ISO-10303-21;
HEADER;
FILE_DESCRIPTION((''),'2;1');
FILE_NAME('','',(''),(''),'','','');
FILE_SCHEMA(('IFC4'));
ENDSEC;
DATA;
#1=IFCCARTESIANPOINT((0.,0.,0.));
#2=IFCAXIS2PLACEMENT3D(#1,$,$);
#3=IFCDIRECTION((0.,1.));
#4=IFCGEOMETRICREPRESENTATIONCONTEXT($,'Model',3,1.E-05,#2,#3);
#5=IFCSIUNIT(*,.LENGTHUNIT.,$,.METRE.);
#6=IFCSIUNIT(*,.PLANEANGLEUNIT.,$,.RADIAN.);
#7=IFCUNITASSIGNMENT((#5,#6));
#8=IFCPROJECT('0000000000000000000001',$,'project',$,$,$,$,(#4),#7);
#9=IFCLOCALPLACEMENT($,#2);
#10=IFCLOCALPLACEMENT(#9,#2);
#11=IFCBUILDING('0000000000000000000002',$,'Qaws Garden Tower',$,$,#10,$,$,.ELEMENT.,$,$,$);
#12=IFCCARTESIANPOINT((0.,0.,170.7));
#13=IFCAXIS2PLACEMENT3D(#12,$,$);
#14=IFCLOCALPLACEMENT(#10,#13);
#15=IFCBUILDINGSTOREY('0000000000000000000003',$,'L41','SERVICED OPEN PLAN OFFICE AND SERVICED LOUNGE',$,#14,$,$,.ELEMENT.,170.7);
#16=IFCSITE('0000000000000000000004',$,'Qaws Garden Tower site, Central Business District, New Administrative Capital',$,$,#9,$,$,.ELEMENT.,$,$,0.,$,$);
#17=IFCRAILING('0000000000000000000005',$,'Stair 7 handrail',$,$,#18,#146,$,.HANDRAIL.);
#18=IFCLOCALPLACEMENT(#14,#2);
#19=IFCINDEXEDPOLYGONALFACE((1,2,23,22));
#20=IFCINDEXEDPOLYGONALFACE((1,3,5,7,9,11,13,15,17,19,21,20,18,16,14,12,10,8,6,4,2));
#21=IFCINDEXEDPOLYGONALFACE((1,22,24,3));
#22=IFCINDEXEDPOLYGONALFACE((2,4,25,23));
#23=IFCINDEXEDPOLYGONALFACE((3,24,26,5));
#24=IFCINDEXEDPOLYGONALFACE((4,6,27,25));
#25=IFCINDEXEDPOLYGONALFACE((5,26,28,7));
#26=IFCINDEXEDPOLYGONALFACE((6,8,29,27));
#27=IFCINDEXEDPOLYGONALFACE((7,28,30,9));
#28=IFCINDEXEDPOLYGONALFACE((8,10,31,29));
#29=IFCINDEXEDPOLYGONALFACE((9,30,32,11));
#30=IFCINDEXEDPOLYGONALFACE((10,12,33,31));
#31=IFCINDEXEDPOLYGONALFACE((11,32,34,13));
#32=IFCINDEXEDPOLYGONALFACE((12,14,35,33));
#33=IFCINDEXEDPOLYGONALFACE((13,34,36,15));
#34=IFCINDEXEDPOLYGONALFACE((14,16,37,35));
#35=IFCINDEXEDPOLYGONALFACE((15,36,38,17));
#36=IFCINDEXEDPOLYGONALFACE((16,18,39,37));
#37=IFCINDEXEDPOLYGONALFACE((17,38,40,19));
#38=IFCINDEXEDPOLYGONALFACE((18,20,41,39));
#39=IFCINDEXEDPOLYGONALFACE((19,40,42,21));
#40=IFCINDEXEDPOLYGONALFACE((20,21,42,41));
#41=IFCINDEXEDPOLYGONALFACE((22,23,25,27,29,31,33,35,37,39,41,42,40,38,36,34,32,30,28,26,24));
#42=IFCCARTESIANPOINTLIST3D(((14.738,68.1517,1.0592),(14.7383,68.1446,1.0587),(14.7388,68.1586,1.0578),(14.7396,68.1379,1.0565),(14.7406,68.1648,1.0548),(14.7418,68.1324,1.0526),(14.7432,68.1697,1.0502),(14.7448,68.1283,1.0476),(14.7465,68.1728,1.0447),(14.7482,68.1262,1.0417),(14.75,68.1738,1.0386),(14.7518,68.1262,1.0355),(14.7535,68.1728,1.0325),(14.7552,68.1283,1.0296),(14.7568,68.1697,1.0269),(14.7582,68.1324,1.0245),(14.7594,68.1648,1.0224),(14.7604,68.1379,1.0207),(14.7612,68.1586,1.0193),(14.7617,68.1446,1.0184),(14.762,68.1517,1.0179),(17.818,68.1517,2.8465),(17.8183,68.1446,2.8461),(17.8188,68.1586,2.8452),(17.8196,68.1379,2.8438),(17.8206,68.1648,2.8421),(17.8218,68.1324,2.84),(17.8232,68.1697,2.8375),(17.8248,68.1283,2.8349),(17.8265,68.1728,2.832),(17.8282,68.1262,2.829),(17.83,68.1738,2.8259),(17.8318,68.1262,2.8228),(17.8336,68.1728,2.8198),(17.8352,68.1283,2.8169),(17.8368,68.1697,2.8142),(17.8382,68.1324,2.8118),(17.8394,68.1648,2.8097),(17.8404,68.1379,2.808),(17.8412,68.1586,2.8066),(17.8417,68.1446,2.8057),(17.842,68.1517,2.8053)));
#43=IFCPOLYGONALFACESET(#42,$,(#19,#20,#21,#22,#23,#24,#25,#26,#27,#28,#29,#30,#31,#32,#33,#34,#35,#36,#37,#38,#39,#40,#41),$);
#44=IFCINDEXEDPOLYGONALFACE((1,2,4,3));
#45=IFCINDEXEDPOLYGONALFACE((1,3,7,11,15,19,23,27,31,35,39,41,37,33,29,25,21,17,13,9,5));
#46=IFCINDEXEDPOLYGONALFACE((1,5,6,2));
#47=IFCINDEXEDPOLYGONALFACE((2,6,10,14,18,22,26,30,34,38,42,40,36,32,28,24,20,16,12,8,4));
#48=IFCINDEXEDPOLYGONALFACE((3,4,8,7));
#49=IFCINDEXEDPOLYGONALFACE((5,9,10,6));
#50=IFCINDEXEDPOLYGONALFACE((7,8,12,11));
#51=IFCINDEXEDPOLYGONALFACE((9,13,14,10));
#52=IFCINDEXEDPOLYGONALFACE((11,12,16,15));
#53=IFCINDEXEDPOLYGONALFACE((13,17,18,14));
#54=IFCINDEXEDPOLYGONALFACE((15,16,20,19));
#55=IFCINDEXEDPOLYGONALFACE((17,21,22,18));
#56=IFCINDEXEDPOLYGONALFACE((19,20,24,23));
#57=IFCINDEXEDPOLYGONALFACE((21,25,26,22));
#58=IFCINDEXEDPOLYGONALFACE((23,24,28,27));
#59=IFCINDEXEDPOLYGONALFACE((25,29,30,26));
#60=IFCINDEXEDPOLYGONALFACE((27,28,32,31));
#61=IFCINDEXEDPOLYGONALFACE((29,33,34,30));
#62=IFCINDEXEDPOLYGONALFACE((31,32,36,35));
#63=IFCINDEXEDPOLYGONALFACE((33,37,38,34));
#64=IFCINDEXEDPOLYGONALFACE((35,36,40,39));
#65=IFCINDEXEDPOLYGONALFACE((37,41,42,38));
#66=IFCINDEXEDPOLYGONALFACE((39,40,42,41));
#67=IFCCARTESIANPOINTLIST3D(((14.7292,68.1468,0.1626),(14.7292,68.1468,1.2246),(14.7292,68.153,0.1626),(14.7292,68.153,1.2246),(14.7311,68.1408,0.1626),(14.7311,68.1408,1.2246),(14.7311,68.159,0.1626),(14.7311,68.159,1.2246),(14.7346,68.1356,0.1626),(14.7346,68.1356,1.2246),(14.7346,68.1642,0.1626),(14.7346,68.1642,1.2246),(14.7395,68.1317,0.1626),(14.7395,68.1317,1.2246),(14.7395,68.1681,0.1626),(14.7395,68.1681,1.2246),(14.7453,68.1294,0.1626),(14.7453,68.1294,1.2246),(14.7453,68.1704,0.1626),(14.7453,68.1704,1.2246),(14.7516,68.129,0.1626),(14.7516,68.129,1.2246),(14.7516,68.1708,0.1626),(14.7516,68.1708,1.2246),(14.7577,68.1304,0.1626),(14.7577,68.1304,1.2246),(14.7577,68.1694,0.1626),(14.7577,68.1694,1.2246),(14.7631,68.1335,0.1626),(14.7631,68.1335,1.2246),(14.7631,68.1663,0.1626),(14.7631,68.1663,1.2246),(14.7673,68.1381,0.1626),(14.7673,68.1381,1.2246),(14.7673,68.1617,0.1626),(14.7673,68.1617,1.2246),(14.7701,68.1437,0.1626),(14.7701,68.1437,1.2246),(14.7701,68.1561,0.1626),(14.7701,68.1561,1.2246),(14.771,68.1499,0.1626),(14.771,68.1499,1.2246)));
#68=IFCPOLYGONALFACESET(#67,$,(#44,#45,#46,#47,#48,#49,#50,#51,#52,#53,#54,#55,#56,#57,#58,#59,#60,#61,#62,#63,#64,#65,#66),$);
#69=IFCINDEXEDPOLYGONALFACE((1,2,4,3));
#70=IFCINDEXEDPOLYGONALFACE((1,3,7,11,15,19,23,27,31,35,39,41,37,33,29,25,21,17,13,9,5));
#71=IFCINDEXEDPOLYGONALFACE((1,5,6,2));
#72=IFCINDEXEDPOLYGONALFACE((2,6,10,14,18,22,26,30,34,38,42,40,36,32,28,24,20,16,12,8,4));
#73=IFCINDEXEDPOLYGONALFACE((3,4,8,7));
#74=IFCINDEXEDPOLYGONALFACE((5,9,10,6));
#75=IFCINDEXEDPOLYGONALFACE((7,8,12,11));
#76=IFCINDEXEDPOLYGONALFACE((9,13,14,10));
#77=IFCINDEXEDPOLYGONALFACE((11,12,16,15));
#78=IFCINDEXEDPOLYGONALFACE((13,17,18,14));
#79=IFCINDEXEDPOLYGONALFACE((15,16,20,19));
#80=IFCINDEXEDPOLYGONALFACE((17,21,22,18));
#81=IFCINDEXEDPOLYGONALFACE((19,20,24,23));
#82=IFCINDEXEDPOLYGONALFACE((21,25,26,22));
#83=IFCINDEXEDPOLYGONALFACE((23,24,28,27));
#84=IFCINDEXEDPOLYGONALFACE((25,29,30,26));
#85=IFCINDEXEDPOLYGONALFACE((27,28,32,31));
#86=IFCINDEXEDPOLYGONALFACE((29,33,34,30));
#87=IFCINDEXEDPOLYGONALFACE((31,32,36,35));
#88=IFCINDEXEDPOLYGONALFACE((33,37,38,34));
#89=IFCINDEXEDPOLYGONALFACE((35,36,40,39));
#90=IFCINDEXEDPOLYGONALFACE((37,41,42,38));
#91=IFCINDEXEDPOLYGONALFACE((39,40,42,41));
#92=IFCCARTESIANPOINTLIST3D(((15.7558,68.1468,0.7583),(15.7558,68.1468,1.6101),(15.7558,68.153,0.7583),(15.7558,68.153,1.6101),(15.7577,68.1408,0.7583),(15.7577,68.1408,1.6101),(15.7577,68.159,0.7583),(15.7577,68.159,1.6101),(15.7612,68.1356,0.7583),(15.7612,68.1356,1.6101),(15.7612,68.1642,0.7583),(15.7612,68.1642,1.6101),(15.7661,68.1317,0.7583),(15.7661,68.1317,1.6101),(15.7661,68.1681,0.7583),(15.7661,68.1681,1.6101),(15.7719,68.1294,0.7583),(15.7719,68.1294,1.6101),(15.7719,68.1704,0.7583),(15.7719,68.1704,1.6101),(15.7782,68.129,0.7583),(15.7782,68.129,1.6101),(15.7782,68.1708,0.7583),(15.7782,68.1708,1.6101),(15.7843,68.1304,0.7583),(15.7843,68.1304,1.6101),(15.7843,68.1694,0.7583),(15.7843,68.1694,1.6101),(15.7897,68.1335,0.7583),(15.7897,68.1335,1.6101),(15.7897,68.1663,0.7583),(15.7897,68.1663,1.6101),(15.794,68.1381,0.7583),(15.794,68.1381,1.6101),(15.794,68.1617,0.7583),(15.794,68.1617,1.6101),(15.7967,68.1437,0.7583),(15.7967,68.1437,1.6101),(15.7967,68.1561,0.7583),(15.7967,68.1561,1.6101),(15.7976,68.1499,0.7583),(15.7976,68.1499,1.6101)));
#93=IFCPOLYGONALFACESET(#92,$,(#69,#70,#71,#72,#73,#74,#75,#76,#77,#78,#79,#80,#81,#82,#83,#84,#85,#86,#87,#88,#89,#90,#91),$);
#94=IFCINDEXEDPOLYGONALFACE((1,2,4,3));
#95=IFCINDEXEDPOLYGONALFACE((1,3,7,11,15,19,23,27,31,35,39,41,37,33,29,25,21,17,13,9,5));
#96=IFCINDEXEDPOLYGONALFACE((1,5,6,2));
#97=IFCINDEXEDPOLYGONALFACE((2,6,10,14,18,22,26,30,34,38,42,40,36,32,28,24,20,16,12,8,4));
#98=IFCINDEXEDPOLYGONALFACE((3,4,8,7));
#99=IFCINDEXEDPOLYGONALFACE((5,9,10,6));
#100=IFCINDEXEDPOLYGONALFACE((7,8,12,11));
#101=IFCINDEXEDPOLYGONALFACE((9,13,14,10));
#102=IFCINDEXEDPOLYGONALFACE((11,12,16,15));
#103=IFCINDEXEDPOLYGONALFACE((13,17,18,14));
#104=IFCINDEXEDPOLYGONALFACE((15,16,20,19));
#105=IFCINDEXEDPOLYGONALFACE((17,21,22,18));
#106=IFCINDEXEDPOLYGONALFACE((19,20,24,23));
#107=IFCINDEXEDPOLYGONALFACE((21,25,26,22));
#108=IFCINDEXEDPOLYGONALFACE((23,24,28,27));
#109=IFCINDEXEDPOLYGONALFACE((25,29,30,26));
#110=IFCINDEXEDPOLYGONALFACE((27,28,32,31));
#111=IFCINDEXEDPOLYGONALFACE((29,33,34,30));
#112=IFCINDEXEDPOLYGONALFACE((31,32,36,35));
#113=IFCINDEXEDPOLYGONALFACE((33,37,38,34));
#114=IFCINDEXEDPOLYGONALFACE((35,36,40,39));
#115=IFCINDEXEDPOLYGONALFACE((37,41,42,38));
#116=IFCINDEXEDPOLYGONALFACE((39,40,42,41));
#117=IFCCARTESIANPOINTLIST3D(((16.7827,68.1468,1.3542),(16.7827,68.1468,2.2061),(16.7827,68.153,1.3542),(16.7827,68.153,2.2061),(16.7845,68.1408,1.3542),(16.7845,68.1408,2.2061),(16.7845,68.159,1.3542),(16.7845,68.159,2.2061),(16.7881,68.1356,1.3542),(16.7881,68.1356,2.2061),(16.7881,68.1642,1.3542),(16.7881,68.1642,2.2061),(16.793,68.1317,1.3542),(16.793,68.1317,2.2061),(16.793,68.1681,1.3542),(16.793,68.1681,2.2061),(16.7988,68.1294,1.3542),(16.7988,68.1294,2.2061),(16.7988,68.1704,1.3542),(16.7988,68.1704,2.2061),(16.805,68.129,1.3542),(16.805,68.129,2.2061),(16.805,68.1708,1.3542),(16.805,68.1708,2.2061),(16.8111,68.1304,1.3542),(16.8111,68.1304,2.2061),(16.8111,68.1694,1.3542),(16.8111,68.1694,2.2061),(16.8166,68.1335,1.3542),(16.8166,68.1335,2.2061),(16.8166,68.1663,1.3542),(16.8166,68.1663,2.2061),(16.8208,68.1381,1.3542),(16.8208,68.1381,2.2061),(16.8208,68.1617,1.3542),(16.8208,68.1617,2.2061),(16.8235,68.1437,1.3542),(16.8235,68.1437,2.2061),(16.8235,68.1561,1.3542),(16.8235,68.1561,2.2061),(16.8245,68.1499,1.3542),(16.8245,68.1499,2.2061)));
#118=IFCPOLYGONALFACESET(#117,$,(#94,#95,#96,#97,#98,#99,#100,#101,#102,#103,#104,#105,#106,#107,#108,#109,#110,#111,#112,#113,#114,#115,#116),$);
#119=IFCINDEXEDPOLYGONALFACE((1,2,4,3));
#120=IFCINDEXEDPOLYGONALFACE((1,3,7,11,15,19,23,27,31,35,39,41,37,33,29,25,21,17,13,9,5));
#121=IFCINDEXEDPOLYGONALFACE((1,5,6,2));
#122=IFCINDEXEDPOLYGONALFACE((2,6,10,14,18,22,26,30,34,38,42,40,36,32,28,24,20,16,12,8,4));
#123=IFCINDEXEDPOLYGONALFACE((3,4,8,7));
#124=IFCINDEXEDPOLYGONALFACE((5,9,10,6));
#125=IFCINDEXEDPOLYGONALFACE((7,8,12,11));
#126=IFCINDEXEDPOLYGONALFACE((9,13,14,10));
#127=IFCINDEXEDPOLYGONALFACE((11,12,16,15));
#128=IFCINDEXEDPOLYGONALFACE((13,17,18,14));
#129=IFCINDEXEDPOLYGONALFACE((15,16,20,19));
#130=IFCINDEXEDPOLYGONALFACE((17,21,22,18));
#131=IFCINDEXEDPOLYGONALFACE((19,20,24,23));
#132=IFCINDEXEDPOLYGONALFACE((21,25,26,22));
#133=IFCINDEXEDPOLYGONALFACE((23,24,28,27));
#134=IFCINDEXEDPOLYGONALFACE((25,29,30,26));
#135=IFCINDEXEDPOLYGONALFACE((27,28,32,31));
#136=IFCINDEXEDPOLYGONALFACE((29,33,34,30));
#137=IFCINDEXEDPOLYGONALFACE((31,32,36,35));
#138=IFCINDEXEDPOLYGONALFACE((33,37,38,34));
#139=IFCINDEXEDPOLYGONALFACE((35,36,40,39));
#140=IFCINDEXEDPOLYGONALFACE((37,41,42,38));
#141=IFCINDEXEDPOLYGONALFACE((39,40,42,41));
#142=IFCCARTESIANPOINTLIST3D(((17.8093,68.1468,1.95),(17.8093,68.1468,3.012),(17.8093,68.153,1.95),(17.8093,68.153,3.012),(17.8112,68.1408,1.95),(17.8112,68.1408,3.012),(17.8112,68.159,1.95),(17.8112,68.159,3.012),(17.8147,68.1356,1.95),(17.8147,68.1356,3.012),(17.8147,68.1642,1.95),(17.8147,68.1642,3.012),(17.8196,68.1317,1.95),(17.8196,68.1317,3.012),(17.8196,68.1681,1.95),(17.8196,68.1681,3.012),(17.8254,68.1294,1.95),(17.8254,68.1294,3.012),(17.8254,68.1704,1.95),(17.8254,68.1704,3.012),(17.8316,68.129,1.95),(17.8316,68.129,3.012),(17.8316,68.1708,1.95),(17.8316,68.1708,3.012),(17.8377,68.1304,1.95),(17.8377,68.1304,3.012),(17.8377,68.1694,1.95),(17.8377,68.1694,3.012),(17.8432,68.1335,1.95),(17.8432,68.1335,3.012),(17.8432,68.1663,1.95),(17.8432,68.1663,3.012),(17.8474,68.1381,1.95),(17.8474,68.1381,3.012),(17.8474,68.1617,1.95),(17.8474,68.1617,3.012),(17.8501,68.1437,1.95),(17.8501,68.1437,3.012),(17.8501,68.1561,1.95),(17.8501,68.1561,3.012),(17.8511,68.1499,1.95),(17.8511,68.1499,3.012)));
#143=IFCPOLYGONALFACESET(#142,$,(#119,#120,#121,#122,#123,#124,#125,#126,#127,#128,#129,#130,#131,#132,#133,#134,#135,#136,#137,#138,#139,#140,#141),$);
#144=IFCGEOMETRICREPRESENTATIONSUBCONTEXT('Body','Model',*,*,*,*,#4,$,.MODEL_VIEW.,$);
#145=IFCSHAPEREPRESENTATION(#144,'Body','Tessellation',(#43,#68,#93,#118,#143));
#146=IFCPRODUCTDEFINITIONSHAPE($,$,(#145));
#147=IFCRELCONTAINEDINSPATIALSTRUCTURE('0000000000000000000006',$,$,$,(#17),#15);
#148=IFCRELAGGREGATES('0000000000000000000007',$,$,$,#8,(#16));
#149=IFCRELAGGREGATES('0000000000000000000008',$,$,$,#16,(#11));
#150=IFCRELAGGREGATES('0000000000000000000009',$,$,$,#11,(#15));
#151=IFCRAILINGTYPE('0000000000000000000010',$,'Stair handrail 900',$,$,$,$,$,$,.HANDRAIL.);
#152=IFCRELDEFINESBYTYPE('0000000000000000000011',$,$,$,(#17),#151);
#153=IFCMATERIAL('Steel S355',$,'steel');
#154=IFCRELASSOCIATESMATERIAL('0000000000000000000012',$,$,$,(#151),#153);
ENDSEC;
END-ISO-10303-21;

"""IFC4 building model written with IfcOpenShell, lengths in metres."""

from ifc_helpers import new_model, si_unit, direction, frame, origin, origin_2d, place, context, subcontext, project, spatial, circle, extrude, material, type_object, element, save


model = new_model("IFC4")

# Units and contexts
model_context = context("Model", 3, precision=1e-05, world=origin(), true_north=direction((0.0, 1.0)))
body_context = subcontext(model_context, "Body", "Model", "MODEL_VIEW")
ifc_project = project(units=[si_unit("LENGTHUNIT", "METRE"), si_unit("PLANEANGLEUNIT", "RADIAN")], contexts=[model_context])

# Site, building, storey
site_placement = place(None, origin())
site = spatial("IfcSite", under=ifc_project, at=site_placement, Name="Qaws Garden Tower site, Central Business District, New Administrative Capital", CompositionType="ELEMENT", RefElevation=0.0)
building_placement = place(site_placement, origin())
building = spatial("IfcBuilding", under=site, at=building_placement, Name="Qaws Garden Tower", CompositionType="ELEMENT")
storey_placement = place(building_placement, frame((0.0, 0.0, 170.7)))
storey = spatial("IfcBuildingStorey", under=building, at=storey_placement, Name="L41", Description="SERVICED OPEN PLAN OFFICE AND SERVICED LOUNGE", CompositionType="ELEMENT", Elevation=170.7)

# Railing
ifc_material_1 = material(Name="Steel S355", Category="steel")
railing_type = type_object("IfcRailingType", Name="Stair handrail 900", PredefinedType="HANDRAIL", material=ifc_material_1)
railing_1_placement = place(storey_placement, frame((14.75, 68.1499, 0.1626)))
element("IfcRailing", 1, at=railing_1_placement, inside=storey, type_object=railing_type, Name="Stair 7 handrail", PredefinedType="HANDRAIL", context=body_context, shape_type="SweptSolid", body=[
    extrude(circle(Radius=0.0239, at=origin_2d()), frame((0.0, 0.0, 0.876), z_axis=(0.86492, 0.0, 0.501909), x_axis=(0.0, 1.0, 0.0)), (0.0, 0.0, 1.0), 3.561),
    extrude(circle(Radius=0.021, at=origin_2d()), origin(), (0.0, 0.0, 1.0), 1.062),
    extrude(circle(Radius=0.021, at=origin_2d()), frame((1.0266, 0.0, 0.5957)), (0.0, 0.0, 1.0), 0.8518),
    extrude(circle(Radius=0.021, at=origin_2d()), frame((2.0535, 0.0, 1.1917)), (0.0, 0.0, 1.0), 0.8518),
    extrude(circle(Radius=0.021, at=origin_2d()), frame((3.0801, 0.0, 1.7874)), (0.0, 0.0, 1.0), 1.062),
])

save(model, "model.ifc")
